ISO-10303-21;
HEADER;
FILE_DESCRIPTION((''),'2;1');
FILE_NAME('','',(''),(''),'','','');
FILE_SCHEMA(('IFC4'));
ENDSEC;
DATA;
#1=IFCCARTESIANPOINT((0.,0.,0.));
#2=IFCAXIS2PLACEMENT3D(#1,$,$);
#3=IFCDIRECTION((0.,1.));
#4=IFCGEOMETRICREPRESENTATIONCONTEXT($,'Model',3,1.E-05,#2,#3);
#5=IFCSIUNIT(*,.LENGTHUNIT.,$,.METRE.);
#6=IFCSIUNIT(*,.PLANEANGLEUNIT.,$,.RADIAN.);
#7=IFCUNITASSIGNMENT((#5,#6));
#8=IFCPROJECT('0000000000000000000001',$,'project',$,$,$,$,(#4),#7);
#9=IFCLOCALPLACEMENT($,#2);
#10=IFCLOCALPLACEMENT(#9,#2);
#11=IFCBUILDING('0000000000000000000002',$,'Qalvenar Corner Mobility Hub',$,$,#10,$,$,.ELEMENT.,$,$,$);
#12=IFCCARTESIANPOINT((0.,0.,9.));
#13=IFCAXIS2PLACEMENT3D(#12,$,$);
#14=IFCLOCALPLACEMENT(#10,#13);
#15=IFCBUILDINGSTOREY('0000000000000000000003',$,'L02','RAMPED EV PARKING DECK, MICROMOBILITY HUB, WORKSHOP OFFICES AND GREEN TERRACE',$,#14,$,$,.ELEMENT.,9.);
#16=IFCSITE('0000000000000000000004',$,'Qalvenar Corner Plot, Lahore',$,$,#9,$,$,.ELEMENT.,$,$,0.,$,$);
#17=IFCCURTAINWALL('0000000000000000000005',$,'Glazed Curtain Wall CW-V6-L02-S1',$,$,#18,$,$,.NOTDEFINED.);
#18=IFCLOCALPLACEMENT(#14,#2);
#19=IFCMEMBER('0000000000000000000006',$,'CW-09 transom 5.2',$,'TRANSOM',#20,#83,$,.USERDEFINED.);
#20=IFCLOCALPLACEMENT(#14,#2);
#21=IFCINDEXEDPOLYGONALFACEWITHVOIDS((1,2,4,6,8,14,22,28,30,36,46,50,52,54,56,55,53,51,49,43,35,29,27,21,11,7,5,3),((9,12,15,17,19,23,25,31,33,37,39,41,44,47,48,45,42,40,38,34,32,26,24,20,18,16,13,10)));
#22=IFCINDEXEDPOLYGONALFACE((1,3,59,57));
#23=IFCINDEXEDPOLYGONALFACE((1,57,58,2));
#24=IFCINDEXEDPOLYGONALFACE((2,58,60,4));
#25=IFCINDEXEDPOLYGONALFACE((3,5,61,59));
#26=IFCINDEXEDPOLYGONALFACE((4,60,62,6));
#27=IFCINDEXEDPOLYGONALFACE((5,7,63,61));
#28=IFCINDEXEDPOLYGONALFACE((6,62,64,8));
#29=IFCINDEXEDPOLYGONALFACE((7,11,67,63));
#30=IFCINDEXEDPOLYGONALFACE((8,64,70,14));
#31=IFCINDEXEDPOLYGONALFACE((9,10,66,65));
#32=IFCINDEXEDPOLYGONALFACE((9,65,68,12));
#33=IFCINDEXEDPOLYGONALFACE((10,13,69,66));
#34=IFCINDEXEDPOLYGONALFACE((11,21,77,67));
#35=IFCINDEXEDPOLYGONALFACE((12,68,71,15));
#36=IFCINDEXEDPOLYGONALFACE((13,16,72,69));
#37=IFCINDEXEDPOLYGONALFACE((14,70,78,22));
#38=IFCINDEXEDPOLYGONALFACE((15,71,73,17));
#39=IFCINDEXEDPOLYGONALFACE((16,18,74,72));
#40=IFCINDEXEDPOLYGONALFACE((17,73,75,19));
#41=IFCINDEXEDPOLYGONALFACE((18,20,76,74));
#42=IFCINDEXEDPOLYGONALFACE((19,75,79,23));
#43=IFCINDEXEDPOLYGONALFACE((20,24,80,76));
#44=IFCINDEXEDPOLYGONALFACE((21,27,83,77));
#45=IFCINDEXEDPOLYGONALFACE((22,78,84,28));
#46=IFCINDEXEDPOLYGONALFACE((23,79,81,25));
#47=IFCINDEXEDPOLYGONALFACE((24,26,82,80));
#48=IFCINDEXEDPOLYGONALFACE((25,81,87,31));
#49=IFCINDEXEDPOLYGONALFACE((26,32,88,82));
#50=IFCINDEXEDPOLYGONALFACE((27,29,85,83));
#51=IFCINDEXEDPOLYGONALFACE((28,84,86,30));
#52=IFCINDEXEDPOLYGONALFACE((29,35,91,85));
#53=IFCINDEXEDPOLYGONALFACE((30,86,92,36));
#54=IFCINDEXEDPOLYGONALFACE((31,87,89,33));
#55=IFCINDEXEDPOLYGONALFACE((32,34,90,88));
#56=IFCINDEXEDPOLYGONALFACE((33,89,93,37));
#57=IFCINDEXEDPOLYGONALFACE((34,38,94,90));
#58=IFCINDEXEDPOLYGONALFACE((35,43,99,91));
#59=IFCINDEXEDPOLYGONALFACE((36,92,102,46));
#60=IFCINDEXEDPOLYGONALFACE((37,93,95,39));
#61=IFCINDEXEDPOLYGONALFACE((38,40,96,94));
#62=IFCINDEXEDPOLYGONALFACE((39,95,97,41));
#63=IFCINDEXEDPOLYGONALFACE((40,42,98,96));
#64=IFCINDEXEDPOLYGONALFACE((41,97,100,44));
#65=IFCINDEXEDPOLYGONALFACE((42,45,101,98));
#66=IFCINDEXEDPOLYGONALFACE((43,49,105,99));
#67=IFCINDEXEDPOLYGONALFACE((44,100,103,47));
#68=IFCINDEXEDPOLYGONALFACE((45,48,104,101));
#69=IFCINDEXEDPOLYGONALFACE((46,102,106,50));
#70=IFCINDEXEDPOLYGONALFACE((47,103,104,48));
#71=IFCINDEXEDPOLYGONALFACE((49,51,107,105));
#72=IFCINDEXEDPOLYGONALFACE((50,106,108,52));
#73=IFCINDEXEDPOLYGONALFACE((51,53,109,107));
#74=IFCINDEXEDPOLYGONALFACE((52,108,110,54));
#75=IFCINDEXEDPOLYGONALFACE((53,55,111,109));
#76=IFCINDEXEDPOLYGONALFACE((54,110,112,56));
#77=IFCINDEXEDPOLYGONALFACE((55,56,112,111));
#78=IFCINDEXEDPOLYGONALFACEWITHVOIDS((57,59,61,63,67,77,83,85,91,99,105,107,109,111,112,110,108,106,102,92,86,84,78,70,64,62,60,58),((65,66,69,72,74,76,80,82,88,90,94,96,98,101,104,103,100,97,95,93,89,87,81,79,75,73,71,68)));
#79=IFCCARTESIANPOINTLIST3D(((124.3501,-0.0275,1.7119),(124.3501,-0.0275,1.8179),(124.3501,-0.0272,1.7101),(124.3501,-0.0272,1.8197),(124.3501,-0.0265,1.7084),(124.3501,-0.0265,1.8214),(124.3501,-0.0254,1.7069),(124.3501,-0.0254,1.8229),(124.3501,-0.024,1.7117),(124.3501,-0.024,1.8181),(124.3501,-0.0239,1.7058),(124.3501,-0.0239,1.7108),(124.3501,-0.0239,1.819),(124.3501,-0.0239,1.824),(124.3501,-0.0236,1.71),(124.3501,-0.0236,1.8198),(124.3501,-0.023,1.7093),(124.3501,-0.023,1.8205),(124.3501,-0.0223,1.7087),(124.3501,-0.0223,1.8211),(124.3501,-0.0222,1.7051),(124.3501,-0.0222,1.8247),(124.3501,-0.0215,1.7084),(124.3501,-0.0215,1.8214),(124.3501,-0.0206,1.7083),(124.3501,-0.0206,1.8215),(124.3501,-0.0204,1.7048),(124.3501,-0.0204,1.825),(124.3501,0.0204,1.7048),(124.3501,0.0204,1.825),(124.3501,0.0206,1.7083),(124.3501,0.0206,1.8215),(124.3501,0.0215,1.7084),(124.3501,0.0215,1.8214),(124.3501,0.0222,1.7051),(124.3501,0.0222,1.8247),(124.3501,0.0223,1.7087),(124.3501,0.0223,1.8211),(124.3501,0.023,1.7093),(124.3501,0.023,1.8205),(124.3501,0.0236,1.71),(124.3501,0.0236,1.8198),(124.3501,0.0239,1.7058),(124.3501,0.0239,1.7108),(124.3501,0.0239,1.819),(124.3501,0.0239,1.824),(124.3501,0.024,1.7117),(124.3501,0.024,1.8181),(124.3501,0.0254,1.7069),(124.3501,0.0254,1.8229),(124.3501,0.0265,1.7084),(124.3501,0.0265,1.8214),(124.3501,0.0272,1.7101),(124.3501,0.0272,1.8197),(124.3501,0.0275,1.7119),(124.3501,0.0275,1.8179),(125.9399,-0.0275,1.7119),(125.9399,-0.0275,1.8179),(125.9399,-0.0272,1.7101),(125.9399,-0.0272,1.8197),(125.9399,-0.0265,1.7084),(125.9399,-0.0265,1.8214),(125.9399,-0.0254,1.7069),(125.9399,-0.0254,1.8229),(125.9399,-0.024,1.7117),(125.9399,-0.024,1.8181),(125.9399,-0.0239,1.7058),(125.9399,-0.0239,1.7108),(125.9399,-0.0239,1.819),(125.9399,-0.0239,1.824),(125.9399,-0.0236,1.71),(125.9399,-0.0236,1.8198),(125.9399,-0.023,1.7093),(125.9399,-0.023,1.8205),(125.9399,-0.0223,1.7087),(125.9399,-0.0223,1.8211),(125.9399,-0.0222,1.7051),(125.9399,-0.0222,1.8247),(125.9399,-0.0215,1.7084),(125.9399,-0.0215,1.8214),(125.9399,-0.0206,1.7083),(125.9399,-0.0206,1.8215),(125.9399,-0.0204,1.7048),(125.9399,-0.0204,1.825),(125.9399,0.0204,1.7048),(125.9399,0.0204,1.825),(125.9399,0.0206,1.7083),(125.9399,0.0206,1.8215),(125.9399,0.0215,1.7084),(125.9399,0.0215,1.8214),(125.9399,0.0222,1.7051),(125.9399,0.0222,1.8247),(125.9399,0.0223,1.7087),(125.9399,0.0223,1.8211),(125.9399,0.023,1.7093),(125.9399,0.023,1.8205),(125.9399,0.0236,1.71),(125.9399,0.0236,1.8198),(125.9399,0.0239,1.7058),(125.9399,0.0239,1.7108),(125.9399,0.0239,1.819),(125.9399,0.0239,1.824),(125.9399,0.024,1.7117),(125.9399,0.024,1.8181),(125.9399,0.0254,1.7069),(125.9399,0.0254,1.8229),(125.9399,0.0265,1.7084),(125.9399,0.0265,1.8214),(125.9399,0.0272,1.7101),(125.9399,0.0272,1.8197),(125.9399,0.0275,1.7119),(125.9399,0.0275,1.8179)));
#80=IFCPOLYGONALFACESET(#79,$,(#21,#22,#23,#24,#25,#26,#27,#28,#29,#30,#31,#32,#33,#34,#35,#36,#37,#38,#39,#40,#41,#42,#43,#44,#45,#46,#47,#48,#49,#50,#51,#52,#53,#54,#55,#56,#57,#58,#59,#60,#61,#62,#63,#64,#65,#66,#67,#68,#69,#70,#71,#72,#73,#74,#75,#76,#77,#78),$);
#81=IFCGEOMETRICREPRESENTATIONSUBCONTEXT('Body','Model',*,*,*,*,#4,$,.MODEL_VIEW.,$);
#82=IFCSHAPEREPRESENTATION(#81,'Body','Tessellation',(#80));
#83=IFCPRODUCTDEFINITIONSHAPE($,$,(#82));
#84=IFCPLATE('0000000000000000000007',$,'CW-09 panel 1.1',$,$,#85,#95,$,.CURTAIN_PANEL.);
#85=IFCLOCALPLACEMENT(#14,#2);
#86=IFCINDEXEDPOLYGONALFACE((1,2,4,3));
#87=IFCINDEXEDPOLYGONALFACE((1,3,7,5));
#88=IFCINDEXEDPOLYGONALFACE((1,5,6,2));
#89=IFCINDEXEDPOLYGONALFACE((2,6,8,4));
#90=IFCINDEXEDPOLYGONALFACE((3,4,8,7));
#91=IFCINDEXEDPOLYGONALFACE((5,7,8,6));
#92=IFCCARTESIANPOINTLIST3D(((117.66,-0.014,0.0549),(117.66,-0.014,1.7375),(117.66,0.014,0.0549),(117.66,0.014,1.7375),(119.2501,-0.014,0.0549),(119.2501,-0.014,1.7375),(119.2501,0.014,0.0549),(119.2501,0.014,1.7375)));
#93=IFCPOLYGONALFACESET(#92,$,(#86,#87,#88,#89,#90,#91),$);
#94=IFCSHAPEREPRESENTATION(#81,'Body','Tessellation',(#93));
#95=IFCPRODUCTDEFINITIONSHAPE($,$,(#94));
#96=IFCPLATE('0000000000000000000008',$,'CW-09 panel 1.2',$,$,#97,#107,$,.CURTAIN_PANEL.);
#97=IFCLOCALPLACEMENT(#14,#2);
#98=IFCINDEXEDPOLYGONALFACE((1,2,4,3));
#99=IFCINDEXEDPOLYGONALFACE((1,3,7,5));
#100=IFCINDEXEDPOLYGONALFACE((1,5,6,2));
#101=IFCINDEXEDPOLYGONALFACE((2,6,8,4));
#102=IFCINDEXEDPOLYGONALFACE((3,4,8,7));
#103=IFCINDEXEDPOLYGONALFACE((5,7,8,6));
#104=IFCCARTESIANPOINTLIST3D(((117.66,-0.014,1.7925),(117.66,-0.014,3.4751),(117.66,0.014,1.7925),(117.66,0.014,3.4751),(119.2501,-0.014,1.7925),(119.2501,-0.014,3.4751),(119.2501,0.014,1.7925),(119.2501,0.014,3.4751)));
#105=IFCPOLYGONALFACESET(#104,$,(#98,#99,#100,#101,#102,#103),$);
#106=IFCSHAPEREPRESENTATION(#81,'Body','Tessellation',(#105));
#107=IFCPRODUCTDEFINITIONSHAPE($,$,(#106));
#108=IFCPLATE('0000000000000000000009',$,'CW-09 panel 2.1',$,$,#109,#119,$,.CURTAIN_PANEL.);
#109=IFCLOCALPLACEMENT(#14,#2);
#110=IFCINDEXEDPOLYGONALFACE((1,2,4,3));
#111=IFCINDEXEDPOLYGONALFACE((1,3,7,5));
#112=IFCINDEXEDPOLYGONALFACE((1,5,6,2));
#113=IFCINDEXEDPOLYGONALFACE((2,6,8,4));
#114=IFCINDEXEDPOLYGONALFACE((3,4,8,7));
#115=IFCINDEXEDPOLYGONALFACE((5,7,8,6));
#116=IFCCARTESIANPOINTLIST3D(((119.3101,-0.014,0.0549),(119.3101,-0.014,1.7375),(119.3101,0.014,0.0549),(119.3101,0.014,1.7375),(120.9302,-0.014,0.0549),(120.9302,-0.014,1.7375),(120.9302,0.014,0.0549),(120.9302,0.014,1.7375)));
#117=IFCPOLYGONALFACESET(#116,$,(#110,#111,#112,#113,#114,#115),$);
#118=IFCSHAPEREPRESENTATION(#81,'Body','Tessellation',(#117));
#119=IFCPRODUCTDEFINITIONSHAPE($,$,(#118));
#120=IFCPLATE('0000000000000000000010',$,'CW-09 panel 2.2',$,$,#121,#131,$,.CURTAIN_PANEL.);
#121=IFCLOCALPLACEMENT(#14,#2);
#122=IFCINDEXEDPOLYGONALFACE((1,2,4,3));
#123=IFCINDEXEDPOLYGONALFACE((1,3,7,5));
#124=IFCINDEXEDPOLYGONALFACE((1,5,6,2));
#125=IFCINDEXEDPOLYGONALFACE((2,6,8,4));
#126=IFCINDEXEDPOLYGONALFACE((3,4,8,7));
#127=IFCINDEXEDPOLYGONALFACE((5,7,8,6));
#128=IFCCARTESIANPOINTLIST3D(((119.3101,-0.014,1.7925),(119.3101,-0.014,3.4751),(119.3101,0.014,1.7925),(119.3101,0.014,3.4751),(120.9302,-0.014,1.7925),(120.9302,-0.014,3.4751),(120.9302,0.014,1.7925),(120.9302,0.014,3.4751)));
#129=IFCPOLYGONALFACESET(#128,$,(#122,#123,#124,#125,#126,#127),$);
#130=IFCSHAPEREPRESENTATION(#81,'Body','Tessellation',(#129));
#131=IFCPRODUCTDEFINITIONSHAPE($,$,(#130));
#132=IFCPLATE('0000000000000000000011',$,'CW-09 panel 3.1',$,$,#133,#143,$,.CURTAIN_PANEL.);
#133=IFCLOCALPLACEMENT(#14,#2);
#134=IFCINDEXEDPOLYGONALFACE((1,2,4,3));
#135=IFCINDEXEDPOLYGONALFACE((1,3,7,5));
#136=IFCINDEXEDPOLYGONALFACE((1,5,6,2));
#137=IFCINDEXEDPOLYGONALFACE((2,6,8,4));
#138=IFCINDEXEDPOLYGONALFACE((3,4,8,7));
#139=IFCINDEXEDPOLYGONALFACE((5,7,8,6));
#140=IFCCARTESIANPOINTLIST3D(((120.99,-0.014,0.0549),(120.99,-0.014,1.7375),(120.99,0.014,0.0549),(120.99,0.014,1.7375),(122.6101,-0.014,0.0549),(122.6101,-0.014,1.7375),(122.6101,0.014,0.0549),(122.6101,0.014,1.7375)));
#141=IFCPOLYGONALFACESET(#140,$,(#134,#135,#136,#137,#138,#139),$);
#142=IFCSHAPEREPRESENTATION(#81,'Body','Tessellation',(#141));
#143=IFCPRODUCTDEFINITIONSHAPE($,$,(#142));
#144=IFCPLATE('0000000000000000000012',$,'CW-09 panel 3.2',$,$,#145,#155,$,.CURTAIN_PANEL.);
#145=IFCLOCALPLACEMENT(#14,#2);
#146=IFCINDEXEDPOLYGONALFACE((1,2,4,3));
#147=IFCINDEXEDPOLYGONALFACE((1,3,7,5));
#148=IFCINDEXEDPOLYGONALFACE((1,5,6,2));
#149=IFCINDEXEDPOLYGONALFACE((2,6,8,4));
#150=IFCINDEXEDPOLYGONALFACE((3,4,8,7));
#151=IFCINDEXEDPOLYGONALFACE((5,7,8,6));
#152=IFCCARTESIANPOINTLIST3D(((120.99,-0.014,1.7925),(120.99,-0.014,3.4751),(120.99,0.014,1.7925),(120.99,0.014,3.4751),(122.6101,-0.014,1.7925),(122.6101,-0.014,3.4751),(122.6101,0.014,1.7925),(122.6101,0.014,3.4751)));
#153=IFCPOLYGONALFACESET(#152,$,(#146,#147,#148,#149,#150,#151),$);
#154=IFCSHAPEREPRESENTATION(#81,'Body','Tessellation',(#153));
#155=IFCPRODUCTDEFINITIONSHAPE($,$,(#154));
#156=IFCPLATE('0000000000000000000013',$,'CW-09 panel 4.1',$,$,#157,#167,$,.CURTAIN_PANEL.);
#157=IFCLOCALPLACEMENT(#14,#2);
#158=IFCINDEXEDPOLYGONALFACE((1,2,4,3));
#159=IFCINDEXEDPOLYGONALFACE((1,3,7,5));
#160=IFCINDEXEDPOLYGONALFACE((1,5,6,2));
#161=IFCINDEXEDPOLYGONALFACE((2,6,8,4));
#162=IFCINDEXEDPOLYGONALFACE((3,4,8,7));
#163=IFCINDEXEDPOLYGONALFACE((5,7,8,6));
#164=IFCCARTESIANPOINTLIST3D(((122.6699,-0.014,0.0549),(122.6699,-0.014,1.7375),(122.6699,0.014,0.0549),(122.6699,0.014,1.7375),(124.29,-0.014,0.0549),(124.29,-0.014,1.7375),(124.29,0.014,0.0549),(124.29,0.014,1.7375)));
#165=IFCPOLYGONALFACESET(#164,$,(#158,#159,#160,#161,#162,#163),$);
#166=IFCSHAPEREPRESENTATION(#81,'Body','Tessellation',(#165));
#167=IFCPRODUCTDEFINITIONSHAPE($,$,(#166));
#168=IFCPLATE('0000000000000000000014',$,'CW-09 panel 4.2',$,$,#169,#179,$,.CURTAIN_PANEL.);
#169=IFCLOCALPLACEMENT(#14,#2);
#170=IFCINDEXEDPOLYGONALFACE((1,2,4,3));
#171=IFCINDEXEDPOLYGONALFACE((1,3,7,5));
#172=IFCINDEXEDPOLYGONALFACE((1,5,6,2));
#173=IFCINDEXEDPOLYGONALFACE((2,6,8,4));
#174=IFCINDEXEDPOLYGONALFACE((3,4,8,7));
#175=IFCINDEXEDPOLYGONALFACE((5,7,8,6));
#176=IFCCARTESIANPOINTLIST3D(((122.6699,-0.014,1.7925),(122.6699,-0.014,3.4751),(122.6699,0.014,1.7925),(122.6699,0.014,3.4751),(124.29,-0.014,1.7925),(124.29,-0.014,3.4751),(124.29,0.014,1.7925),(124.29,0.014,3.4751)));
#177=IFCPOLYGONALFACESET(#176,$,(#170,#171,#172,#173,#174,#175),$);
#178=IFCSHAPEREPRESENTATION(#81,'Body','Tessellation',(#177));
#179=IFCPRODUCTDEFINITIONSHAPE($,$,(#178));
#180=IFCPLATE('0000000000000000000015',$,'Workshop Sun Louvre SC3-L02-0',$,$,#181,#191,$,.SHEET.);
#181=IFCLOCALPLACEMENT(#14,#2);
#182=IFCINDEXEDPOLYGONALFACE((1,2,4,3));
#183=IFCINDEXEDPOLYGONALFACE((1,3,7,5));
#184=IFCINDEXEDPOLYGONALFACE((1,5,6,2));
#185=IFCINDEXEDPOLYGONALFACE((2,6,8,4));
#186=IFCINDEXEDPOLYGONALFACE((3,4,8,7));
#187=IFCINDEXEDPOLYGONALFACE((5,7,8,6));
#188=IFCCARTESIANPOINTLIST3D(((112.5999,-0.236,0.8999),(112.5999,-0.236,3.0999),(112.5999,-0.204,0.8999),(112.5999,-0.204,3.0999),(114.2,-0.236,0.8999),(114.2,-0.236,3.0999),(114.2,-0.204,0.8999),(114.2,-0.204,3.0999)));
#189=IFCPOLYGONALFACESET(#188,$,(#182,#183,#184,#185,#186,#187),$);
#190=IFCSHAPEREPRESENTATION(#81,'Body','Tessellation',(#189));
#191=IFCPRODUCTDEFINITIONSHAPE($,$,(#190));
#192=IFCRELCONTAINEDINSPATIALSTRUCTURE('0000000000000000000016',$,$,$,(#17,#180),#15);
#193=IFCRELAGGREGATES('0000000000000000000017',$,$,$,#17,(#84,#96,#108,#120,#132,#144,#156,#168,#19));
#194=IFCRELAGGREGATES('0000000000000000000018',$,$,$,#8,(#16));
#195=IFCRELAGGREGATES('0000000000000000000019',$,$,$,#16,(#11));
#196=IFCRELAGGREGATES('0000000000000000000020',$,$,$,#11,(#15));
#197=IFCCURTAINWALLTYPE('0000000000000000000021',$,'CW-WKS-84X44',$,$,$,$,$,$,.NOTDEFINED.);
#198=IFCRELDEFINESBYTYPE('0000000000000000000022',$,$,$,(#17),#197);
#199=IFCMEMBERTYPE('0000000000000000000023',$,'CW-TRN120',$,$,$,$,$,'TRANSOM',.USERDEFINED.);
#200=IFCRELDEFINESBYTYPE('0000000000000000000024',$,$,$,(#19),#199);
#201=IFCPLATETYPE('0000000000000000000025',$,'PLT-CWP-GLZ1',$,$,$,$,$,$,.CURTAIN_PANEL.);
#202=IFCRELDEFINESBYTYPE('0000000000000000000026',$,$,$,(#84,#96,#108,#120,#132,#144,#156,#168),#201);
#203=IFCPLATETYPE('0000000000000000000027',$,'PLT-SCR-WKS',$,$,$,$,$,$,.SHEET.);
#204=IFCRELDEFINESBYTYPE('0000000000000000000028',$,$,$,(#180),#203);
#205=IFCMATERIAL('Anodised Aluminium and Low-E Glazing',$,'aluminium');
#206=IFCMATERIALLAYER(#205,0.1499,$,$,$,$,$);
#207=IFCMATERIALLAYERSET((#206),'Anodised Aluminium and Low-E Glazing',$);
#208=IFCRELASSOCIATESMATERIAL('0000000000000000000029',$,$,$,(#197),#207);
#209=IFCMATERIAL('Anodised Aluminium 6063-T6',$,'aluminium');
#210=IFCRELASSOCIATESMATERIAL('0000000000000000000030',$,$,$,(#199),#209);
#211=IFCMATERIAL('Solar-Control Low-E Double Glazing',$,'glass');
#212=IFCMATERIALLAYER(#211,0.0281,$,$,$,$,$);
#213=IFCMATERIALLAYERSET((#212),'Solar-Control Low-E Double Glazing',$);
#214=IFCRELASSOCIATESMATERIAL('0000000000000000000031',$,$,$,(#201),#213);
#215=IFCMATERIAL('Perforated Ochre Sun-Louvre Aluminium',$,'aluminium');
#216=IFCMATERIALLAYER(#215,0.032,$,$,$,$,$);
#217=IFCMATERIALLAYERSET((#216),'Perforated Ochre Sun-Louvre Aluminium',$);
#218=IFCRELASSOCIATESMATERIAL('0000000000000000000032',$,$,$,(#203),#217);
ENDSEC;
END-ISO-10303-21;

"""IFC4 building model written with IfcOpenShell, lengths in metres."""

from ifc_helpers import new_model, si_unit, direction, frame, origin, origin_2d, place, context, subcontext, project, spatial, rectangle, hollow_rectangle, extrude, material, layer, layer_set, material_profile, profile_set, type_object, element, aggregate, save


model = new_model("IFC4")

# Units and contexts
model_context = context("Model", 3, precision=1e-05, world=origin(), true_north=direction((0.0, 1.0)))
body_context = subcontext(model_context, "Body", "Model", "MODEL_VIEW")
ifc_project = project(units=[si_unit("LENGTHUNIT", "METRE"), si_unit("PLANEANGLEUNIT", "RADIAN")], contexts=[model_context])

# Site, building, storey
site_placement = place(None, origin())
site = spatial("IfcSite", under=ifc_project, at=site_placement, Name="Qalvenar Corner Plot, Lahore", CompositionType="ELEMENT", RefElevation=0.0)
building_placement = place(site_placement, origin())
building = spatial("IfcBuilding", under=site, at=building_placement, Name="Qalvenar Corner Mobility Hub", CompositionType="ELEMENT")
storey_placement = place(building_placement, frame((0.0, 0.0, 9.0)))
storey = spatial("IfcBuildingStorey", under=building, at=storey_placement, Name="L02", Description="RAMPED EV PARKING DECK, MICROMOBILITY HUB, WORKSHOP OFFICES AND GREEN TERRACE", CompositionType="ELEMENT", Elevation=9.0)

# Curtain wall, member, plates
ifc_material_1 = material(Name="Anodised Aluminium and Low-E Glazing", Category="aluminium")
ifc_layer_1 = layer(ifc_material_1, 0.1499)
ifc_layer_set_1 = layer_set([ifc_layer_1], Name="Anodised Aluminium and Low-E Glazing")
curtain_wall_type = type_object("IfcCurtainWallType", Name="CW-WKS-84X44", PredefinedType="NOTDEFINED", material=ifc_layer_set_1)
curtain_wall_placement = place(storey_placement, origin())
curtain_wall = element("IfcCurtainWall", 1, at=curtain_wall_placement, inside=storey, type_object=curtain_wall_type, Name="Glazed Curtain Wall CW-V6-L02-S1", PredefinedType="NOTDEFINED")
ifc_material_2 = material(Name="Anodised Aluminium 6063-T6", Category="aluminium")
ifc_material_profile_1 = material_profile(ifc_material_2, hollow_rectangle(XDim=0.0549, YDim=0.1201, WallThickness=0.0034, InnerFilletRadius=0.0034, OuterFilletRadius=0.0071, at=origin_2d()), Name="RHS120x55x3.5")
ifc_profile_set_1 = profile_set([ifc_material_profile_1], Name="Anodised Aluminium 6063-T6")
member_type_1 = type_object("IfcMemberType", Name="CW-TRN120", ElementType="TRANSOM", PredefinedType="USERDEFINED", material=ifc_profile_set_1)
member_1_placement = place(storey_placement, frame((124.3501, 0.0, 1.7649), z_axis=(1.0, 0.0, 0.0), x_axis=(0.0, 1.0, 0.0)))
member_1 = element("IfcMember", 2, at=member_1_placement, type_object=member_type_1, Name="CW-09 transom 5.2", ObjectType="TRANSOM", PredefinedType="USERDEFINED", context=body_context, shape_type="SweptSolid", body=[
    extrude(hollow_rectangle(XDim=0.0549, YDim=0.1201, WallThickness=0.0034, InnerFilletRadius=0.0034, OuterFilletRadius=0.0071, at=origin_2d()), origin(), (0.0, 0.0, 1.0), 1.5898),
])
ifc_material_3 = material(Name="Solar-Control Low-E Double Glazing", Category="glass")
ifc_layer_2 = layer(ifc_material_3, 0.0281)
ifc_layer_set_2 = layer_set([ifc_layer_2], Name="Solar-Control Low-E Double Glazing")
plate_type_1 = type_object("IfcPlateType", Name="PLT-CWP-GLZ1", PredefinedType="CURTAIN_PANEL", material=ifc_layer_set_2)
plate_1_placement = place(storey_placement, frame((118.4551, 0.0, 0.0549), z_axis=(0.0, 0.0, 1.0), x_axis=(1.0, 0.0, 0.0)))
plate_1 = element("IfcPlate", 3, at=plate_1_placement, type_object=plate_type_1, Name="CW-09 panel 1.1", PredefinedType="CURTAIN_PANEL", context=body_context, shape_type="SweptSolid", body=[
    extrude(rectangle(XDim=1.5901, YDim=0.0281, at=origin_2d()), origin(), (0.0, 0.0, 1.0), 1.6826),
])
plate_2_placement = place(storey_placement, frame((118.4551, 0.0, 1.7925), z_axis=(0.0, 0.0, 1.0), x_axis=(1.0, 0.0, 0.0)))
plate_2 = element("IfcPlate", 4, at=plate_2_placement, type_object=plate_type_1, Name="CW-09 panel 1.2", PredefinedType="CURTAIN_PANEL", context=body_context, shape_type="SweptSolid", body=[
    extrude(rectangle(XDim=1.5901, YDim=0.0281, at=origin_2d()), origin(), (0.0, 0.0, 1.0), 1.6826),
])
plate_3_placement = place(storey_placement, frame((120.1201, 0.0, 0.0549), z_axis=(0.0, 0.0, 1.0), x_axis=(1.0, 0.0, 0.0)))
plate_3 = element("IfcPlate", 5, at=plate_3_placement, type_object=plate_type_1, Name="CW-09 panel 2.1", PredefinedType="CURTAIN_PANEL", context=body_context, shape_type="SweptSolid", body=[
    extrude(rectangle(XDim=1.6201, YDim=0.0281, at=origin_2d()), origin(), (0.0, 0.0, 1.0), 1.6826),
])
plate_4_placement = place(storey_placement, frame((120.1201, 0.0, 1.7925), z_axis=(0.0, 0.0, 1.0), x_axis=(1.0, 0.0, 0.0)))
plate_4 = element("IfcPlate", 6, at=plate_4_placement, type_object=plate_type_1, Name="CW-09 panel 2.2", PredefinedType="CURTAIN_PANEL", context=body_context, shape_type="SweptSolid", body=[
    extrude(rectangle(XDim=1.6201, YDim=0.0281, at=origin_2d()), origin(), (0.0, 0.0, 1.0), 1.6826),
])
plate_5_placement = place(storey_placement, frame((121.8, 0.0, 0.0549), z_axis=(0.0, 0.0, 1.0), x_axis=(1.0, 0.0, 0.0)))
plate_5 = element("IfcPlate", 7, at=plate_5_placement, type_object=plate_type_1, Name="CW-09 panel 3.1", PredefinedType="CURTAIN_PANEL", context=body_context, shape_type="SweptSolid", body=[
    extrude(rectangle(XDim=1.6201, YDim=0.0281, at=origin_2d()), origin(), (0.0, 0.0, 1.0), 1.6826),
])
plate_6_placement = place(storey_placement, frame((121.8, 0.0, 1.7925), z_axis=(0.0, 0.0, 1.0), x_axis=(1.0, 0.0, 0.0)))
plate_6 = element("IfcPlate", 8, at=plate_6_placement, type_object=plate_type_1, Name="CW-09 panel 3.2", PredefinedType="CURTAIN_PANEL", context=body_context, shape_type="SweptSolid", body=[
    extrude(rectangle(XDim=1.6201, YDim=0.0281, at=origin_2d()), origin(), (0.0, 0.0, 1.0), 1.6826),
])
plate_7_placement = place(storey_placement, frame((123.48, 0.0, 0.0549), z_axis=(0.0, 0.0, 1.0), x_axis=(1.0, 0.0, 0.0)))
plate_7 = element("IfcPlate", 9, at=plate_7_placement, type_object=plate_type_1, Name="CW-09 panel 4.1", PredefinedType="CURTAIN_PANEL", context=body_context, shape_type="SweptSolid", body=[
    extrude(rectangle(XDim=1.6201, YDim=0.0281, at=origin_2d()), origin(), (0.0, 0.0, 1.0), 1.6826),
])
plate_8_placement = place(storey_placement, frame((123.48, 0.0, 1.7925), z_axis=(0.0, 0.0, 1.0), x_axis=(1.0, 0.0, 0.0)))
plate_8 = element("IfcPlate", 10, at=plate_8_placement, type_object=plate_type_1, Name="CW-09 panel 4.2", PredefinedType="CURTAIN_PANEL", context=body_context, shape_type="SweptSolid", body=[
    extrude(rectangle(XDim=1.6201, YDim=0.0281, at=origin_2d()), origin(), (0.0, 0.0, 1.0), 1.6826),
])
aggregate(curtain_wall, [plate_1, plate_2, plate_3, plate_4, plate_5, plate_6, plate_7, plate_8, member_1])

# Plate
ifc_material_4 = material(Name="Perforated Ochre Sun-Louvre Aluminium", Category="aluminium")
ifc_layer_3 = layer(ifc_material_4, 0.032)
ifc_layer_set_3 = layer_set([ifc_layer_3], Name="Perforated Ochre Sun-Louvre Aluminium")
plate_type_2 = type_object("IfcPlateType", Name="PLT-SCR-WKS", PredefinedType="SHEET", material=ifc_layer_set_3)
plate_9_placement = place(storey_placement, frame((113.3999, -0.22, 0.8999), z_axis=(0.0, 0.0, 1.0), x_axis=(1.0, 0.0, 0.0)))
element("IfcPlate", 11, at=plate_9_placement, inside=storey, type_object=plate_type_2, Name="Workshop Sun Louvre SC3-L02-0", PredefinedType="SHEET", context=body_context, shape_type="SweptSolid", body=[
    extrude(rectangle(XDim=1.6001, YDim=0.032, at=origin_2d()), origin(), (0.0, 0.0, 1.0), 2.2),
])

save(model, "model.ifc")
